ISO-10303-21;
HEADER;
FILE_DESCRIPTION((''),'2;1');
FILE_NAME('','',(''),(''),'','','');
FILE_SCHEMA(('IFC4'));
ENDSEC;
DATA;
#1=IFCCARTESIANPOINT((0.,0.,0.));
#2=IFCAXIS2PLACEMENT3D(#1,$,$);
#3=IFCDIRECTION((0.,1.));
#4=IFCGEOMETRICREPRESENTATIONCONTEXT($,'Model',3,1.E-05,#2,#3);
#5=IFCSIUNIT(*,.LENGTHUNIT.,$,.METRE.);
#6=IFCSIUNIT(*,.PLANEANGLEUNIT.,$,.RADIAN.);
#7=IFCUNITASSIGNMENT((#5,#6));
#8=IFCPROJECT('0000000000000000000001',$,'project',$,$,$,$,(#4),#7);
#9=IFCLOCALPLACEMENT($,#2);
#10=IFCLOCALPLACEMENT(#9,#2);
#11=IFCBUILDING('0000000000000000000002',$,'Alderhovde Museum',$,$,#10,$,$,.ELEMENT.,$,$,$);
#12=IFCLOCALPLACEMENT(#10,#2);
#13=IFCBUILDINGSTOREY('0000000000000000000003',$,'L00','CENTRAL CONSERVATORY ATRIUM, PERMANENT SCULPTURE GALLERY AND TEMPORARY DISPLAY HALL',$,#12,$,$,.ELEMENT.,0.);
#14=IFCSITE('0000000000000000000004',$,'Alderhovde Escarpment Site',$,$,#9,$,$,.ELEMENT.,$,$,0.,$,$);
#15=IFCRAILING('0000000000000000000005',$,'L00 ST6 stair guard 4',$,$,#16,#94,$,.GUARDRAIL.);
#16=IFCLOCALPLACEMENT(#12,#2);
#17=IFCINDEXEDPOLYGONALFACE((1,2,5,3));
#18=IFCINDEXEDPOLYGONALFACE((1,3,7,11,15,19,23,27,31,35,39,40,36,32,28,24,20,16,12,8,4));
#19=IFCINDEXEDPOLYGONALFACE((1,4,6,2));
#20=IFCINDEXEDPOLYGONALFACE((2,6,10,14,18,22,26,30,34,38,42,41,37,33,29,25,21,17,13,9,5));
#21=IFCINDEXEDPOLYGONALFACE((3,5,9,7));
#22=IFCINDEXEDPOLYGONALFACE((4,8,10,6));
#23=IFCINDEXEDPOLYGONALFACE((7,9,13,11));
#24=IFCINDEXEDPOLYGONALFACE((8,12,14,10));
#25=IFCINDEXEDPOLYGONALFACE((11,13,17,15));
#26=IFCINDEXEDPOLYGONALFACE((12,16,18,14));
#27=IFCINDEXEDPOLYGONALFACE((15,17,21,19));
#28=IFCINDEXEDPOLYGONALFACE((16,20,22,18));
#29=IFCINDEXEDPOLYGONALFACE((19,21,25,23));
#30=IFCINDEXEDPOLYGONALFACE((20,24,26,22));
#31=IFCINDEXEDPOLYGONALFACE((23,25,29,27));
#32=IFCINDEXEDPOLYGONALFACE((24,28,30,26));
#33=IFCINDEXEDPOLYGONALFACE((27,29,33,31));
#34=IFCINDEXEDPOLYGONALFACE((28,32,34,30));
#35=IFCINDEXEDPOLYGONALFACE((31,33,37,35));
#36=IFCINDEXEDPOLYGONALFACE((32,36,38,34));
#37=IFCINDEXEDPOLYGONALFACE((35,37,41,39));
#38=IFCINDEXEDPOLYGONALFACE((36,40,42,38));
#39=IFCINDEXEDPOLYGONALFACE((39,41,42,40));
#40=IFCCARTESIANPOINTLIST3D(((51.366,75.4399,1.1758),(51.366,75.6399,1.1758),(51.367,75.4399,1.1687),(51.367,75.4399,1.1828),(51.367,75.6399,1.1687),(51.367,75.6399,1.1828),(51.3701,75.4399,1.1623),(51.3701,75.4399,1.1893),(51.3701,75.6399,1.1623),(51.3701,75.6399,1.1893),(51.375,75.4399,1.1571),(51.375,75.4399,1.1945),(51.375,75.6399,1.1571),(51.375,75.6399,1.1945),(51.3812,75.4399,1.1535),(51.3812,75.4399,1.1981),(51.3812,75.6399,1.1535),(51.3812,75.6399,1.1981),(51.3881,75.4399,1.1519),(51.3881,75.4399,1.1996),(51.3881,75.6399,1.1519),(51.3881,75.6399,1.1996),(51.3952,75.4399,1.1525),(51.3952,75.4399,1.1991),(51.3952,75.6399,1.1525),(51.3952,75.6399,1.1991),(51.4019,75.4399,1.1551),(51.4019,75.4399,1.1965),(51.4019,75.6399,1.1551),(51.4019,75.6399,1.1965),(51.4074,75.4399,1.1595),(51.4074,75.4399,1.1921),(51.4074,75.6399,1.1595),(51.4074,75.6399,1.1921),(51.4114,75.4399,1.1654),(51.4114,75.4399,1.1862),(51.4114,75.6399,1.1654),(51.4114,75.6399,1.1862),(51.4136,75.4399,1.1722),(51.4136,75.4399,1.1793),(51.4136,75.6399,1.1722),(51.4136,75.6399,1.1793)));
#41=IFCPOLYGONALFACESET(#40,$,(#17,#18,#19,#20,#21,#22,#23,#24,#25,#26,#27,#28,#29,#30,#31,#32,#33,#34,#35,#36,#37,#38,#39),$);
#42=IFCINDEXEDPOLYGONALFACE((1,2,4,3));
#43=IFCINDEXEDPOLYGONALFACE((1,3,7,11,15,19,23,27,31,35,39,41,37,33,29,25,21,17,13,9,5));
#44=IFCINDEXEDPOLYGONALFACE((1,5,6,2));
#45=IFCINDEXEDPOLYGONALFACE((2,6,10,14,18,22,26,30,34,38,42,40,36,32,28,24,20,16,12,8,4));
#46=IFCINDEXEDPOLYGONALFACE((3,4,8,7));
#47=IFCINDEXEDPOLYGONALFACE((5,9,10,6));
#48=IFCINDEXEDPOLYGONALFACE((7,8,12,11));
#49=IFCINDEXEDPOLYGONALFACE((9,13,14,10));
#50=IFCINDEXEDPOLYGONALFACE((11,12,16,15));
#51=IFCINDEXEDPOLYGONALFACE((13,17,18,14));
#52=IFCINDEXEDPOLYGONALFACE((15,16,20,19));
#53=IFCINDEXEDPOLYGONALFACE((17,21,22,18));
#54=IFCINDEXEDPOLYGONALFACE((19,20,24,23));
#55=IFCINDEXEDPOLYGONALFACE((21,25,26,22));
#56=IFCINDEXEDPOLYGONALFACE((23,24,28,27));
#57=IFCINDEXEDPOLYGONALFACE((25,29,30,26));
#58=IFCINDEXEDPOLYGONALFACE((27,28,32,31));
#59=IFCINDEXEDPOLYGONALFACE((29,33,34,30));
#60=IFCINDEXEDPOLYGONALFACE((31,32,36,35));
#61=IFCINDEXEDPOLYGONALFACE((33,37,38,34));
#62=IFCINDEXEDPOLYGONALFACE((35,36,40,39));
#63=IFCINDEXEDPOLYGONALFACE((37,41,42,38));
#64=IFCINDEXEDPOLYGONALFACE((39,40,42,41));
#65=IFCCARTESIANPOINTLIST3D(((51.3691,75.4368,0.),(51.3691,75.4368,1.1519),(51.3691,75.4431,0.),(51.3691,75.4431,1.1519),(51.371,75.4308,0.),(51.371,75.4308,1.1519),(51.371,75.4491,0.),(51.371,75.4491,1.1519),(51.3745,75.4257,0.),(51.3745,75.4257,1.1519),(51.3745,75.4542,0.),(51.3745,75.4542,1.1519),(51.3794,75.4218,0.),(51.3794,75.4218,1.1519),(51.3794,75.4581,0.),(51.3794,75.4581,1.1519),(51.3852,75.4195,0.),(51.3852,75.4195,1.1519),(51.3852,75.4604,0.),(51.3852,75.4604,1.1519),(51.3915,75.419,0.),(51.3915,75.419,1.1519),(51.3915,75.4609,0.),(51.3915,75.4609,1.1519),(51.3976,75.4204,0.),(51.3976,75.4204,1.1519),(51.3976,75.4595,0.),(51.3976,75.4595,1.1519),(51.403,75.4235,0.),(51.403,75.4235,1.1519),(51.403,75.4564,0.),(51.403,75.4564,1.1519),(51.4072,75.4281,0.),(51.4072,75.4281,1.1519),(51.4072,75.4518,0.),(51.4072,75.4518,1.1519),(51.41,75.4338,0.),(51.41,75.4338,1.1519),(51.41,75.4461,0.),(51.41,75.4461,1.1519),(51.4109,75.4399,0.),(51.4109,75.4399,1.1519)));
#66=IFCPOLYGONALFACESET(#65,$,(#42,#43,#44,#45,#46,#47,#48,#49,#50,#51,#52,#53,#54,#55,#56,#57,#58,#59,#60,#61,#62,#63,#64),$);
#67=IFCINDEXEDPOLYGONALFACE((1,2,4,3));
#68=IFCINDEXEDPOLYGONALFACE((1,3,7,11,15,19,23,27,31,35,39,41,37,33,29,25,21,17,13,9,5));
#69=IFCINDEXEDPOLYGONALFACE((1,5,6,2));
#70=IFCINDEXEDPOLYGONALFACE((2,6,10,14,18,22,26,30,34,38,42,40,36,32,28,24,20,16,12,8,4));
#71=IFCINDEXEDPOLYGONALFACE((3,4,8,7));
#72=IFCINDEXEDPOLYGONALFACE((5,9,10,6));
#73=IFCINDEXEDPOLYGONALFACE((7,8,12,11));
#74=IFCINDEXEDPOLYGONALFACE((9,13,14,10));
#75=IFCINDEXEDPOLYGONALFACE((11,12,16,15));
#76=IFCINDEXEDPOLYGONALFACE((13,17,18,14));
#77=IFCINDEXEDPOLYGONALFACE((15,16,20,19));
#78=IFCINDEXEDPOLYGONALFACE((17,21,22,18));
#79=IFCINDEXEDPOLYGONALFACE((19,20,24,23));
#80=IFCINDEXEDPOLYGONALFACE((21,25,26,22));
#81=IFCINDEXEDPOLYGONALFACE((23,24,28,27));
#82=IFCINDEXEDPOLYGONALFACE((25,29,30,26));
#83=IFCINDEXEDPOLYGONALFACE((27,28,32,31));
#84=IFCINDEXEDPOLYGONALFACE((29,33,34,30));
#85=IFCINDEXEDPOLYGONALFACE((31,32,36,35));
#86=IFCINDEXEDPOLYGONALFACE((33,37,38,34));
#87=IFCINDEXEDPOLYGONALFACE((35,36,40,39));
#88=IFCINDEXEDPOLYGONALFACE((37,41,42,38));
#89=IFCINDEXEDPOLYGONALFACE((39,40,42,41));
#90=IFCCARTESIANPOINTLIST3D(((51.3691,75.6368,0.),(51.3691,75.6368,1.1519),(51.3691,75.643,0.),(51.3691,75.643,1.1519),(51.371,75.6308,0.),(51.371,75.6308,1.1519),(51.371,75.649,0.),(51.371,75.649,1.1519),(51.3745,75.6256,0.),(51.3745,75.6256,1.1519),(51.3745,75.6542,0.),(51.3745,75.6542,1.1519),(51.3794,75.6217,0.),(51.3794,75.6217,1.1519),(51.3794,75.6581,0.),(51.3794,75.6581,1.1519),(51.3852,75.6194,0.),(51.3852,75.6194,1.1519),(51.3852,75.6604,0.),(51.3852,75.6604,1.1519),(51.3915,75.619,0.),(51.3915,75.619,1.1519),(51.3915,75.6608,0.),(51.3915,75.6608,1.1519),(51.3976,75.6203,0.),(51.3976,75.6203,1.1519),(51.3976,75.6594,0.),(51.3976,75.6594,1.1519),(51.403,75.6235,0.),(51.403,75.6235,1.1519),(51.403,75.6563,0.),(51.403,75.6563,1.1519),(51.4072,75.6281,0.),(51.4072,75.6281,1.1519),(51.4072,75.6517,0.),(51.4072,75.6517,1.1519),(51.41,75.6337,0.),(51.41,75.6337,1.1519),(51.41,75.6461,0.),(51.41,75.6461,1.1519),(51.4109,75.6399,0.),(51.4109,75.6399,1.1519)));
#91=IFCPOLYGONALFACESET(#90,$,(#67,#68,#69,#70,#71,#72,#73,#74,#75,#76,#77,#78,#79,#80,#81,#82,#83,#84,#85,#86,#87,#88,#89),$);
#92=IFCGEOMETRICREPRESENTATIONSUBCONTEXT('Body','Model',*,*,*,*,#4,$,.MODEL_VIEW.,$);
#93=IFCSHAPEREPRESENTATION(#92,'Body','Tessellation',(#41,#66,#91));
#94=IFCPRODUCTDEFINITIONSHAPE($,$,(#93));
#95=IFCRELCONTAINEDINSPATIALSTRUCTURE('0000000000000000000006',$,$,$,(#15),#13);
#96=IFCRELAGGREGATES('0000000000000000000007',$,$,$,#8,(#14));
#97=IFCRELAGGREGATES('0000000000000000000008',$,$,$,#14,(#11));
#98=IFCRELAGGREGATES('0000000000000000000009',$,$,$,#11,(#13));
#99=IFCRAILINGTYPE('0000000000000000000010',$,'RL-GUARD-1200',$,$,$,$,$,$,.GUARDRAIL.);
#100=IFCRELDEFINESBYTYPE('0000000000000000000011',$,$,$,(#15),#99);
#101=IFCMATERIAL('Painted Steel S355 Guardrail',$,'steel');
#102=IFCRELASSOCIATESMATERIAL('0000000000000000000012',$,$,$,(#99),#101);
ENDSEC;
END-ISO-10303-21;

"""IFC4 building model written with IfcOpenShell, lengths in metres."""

from ifc_helpers import new_model, si_unit, direction, frame, origin, origin_2d, place, context, subcontext, project, spatial, circle, extrude, material, type_object, element, save


model = new_model("IFC4")

# Units and contexts
model_context = context("Model", 3, precision=1e-05, world=origin(), true_north=direction((0.0, 1.0)))
body_context = subcontext(model_context, "Body", "Model", "MODEL_VIEW")
ifc_project = project(units=[si_unit("LENGTHUNIT", "METRE"), si_unit("PLANEANGLEUNIT", "RADIAN")], contexts=[model_context])

# Site, building, storey
site_placement = place(None, origin())
site = spatial("IfcSite", under=ifc_project, at=site_placement, Name="Alderhovde Escarpment Site", CompositionType="ELEMENT", RefElevation=0.0)
building_placement = place(site_placement, origin())
building = spatial("IfcBuilding", under=site, at=building_placement, Name="Alderhovde Museum", CompositionType="ELEMENT")
storey_placement = place(building_placement, origin())
storey = spatial("IfcBuildingStorey", under=building, at=storey_placement, Name="L00", Description="CENTRAL CONSERVATORY ATRIUM, PERMANENT SCULPTURE GALLERY AND TEMPORARY DISPLAY HALL", CompositionType="ELEMENT", Elevation=0.0)

# Railing
ifc_material_1 = material(Name="Painted Steel S355 Guardrail", Category="steel")
railing_type_1 = type_object("IfcRailingType", Name="RL-GUARD-1200", PredefinedType="GUARDRAIL", material=ifc_material_1)
railing_1_placement = place(storey_placement, frame((51.3899, 75.4399, 0.0)))
element("IfcRailing", 1, at=railing_1_placement, inside=storey, type_object=railing_type_1, Name="L00 ST6 stair guard 4", PredefinedType="GUARDRAIL", context=body_context, shape_type="SweptSolid", body=[
    extrude(circle(Radius=0.0239, at=origin_2d()), frame((0.0, 0.0, 1.1758), z_axis=(0.0, 1.0, 0.0), x_axis=(-1.0, 0.0, 0.0)), (0.0, 0.0, 1.0), 0.2),
    extrude(circle(Radius=0.021, at=origin_2d()), origin(), (0.0, 0.0, 1.0), 1.1519),
    extrude(circle(Radius=0.021, at=origin_2d()), frame((0.0, 0.2, 0.0)), (0.0, 0.0, 1.0), 1.1519),
])

save(model, "model.ifc")
